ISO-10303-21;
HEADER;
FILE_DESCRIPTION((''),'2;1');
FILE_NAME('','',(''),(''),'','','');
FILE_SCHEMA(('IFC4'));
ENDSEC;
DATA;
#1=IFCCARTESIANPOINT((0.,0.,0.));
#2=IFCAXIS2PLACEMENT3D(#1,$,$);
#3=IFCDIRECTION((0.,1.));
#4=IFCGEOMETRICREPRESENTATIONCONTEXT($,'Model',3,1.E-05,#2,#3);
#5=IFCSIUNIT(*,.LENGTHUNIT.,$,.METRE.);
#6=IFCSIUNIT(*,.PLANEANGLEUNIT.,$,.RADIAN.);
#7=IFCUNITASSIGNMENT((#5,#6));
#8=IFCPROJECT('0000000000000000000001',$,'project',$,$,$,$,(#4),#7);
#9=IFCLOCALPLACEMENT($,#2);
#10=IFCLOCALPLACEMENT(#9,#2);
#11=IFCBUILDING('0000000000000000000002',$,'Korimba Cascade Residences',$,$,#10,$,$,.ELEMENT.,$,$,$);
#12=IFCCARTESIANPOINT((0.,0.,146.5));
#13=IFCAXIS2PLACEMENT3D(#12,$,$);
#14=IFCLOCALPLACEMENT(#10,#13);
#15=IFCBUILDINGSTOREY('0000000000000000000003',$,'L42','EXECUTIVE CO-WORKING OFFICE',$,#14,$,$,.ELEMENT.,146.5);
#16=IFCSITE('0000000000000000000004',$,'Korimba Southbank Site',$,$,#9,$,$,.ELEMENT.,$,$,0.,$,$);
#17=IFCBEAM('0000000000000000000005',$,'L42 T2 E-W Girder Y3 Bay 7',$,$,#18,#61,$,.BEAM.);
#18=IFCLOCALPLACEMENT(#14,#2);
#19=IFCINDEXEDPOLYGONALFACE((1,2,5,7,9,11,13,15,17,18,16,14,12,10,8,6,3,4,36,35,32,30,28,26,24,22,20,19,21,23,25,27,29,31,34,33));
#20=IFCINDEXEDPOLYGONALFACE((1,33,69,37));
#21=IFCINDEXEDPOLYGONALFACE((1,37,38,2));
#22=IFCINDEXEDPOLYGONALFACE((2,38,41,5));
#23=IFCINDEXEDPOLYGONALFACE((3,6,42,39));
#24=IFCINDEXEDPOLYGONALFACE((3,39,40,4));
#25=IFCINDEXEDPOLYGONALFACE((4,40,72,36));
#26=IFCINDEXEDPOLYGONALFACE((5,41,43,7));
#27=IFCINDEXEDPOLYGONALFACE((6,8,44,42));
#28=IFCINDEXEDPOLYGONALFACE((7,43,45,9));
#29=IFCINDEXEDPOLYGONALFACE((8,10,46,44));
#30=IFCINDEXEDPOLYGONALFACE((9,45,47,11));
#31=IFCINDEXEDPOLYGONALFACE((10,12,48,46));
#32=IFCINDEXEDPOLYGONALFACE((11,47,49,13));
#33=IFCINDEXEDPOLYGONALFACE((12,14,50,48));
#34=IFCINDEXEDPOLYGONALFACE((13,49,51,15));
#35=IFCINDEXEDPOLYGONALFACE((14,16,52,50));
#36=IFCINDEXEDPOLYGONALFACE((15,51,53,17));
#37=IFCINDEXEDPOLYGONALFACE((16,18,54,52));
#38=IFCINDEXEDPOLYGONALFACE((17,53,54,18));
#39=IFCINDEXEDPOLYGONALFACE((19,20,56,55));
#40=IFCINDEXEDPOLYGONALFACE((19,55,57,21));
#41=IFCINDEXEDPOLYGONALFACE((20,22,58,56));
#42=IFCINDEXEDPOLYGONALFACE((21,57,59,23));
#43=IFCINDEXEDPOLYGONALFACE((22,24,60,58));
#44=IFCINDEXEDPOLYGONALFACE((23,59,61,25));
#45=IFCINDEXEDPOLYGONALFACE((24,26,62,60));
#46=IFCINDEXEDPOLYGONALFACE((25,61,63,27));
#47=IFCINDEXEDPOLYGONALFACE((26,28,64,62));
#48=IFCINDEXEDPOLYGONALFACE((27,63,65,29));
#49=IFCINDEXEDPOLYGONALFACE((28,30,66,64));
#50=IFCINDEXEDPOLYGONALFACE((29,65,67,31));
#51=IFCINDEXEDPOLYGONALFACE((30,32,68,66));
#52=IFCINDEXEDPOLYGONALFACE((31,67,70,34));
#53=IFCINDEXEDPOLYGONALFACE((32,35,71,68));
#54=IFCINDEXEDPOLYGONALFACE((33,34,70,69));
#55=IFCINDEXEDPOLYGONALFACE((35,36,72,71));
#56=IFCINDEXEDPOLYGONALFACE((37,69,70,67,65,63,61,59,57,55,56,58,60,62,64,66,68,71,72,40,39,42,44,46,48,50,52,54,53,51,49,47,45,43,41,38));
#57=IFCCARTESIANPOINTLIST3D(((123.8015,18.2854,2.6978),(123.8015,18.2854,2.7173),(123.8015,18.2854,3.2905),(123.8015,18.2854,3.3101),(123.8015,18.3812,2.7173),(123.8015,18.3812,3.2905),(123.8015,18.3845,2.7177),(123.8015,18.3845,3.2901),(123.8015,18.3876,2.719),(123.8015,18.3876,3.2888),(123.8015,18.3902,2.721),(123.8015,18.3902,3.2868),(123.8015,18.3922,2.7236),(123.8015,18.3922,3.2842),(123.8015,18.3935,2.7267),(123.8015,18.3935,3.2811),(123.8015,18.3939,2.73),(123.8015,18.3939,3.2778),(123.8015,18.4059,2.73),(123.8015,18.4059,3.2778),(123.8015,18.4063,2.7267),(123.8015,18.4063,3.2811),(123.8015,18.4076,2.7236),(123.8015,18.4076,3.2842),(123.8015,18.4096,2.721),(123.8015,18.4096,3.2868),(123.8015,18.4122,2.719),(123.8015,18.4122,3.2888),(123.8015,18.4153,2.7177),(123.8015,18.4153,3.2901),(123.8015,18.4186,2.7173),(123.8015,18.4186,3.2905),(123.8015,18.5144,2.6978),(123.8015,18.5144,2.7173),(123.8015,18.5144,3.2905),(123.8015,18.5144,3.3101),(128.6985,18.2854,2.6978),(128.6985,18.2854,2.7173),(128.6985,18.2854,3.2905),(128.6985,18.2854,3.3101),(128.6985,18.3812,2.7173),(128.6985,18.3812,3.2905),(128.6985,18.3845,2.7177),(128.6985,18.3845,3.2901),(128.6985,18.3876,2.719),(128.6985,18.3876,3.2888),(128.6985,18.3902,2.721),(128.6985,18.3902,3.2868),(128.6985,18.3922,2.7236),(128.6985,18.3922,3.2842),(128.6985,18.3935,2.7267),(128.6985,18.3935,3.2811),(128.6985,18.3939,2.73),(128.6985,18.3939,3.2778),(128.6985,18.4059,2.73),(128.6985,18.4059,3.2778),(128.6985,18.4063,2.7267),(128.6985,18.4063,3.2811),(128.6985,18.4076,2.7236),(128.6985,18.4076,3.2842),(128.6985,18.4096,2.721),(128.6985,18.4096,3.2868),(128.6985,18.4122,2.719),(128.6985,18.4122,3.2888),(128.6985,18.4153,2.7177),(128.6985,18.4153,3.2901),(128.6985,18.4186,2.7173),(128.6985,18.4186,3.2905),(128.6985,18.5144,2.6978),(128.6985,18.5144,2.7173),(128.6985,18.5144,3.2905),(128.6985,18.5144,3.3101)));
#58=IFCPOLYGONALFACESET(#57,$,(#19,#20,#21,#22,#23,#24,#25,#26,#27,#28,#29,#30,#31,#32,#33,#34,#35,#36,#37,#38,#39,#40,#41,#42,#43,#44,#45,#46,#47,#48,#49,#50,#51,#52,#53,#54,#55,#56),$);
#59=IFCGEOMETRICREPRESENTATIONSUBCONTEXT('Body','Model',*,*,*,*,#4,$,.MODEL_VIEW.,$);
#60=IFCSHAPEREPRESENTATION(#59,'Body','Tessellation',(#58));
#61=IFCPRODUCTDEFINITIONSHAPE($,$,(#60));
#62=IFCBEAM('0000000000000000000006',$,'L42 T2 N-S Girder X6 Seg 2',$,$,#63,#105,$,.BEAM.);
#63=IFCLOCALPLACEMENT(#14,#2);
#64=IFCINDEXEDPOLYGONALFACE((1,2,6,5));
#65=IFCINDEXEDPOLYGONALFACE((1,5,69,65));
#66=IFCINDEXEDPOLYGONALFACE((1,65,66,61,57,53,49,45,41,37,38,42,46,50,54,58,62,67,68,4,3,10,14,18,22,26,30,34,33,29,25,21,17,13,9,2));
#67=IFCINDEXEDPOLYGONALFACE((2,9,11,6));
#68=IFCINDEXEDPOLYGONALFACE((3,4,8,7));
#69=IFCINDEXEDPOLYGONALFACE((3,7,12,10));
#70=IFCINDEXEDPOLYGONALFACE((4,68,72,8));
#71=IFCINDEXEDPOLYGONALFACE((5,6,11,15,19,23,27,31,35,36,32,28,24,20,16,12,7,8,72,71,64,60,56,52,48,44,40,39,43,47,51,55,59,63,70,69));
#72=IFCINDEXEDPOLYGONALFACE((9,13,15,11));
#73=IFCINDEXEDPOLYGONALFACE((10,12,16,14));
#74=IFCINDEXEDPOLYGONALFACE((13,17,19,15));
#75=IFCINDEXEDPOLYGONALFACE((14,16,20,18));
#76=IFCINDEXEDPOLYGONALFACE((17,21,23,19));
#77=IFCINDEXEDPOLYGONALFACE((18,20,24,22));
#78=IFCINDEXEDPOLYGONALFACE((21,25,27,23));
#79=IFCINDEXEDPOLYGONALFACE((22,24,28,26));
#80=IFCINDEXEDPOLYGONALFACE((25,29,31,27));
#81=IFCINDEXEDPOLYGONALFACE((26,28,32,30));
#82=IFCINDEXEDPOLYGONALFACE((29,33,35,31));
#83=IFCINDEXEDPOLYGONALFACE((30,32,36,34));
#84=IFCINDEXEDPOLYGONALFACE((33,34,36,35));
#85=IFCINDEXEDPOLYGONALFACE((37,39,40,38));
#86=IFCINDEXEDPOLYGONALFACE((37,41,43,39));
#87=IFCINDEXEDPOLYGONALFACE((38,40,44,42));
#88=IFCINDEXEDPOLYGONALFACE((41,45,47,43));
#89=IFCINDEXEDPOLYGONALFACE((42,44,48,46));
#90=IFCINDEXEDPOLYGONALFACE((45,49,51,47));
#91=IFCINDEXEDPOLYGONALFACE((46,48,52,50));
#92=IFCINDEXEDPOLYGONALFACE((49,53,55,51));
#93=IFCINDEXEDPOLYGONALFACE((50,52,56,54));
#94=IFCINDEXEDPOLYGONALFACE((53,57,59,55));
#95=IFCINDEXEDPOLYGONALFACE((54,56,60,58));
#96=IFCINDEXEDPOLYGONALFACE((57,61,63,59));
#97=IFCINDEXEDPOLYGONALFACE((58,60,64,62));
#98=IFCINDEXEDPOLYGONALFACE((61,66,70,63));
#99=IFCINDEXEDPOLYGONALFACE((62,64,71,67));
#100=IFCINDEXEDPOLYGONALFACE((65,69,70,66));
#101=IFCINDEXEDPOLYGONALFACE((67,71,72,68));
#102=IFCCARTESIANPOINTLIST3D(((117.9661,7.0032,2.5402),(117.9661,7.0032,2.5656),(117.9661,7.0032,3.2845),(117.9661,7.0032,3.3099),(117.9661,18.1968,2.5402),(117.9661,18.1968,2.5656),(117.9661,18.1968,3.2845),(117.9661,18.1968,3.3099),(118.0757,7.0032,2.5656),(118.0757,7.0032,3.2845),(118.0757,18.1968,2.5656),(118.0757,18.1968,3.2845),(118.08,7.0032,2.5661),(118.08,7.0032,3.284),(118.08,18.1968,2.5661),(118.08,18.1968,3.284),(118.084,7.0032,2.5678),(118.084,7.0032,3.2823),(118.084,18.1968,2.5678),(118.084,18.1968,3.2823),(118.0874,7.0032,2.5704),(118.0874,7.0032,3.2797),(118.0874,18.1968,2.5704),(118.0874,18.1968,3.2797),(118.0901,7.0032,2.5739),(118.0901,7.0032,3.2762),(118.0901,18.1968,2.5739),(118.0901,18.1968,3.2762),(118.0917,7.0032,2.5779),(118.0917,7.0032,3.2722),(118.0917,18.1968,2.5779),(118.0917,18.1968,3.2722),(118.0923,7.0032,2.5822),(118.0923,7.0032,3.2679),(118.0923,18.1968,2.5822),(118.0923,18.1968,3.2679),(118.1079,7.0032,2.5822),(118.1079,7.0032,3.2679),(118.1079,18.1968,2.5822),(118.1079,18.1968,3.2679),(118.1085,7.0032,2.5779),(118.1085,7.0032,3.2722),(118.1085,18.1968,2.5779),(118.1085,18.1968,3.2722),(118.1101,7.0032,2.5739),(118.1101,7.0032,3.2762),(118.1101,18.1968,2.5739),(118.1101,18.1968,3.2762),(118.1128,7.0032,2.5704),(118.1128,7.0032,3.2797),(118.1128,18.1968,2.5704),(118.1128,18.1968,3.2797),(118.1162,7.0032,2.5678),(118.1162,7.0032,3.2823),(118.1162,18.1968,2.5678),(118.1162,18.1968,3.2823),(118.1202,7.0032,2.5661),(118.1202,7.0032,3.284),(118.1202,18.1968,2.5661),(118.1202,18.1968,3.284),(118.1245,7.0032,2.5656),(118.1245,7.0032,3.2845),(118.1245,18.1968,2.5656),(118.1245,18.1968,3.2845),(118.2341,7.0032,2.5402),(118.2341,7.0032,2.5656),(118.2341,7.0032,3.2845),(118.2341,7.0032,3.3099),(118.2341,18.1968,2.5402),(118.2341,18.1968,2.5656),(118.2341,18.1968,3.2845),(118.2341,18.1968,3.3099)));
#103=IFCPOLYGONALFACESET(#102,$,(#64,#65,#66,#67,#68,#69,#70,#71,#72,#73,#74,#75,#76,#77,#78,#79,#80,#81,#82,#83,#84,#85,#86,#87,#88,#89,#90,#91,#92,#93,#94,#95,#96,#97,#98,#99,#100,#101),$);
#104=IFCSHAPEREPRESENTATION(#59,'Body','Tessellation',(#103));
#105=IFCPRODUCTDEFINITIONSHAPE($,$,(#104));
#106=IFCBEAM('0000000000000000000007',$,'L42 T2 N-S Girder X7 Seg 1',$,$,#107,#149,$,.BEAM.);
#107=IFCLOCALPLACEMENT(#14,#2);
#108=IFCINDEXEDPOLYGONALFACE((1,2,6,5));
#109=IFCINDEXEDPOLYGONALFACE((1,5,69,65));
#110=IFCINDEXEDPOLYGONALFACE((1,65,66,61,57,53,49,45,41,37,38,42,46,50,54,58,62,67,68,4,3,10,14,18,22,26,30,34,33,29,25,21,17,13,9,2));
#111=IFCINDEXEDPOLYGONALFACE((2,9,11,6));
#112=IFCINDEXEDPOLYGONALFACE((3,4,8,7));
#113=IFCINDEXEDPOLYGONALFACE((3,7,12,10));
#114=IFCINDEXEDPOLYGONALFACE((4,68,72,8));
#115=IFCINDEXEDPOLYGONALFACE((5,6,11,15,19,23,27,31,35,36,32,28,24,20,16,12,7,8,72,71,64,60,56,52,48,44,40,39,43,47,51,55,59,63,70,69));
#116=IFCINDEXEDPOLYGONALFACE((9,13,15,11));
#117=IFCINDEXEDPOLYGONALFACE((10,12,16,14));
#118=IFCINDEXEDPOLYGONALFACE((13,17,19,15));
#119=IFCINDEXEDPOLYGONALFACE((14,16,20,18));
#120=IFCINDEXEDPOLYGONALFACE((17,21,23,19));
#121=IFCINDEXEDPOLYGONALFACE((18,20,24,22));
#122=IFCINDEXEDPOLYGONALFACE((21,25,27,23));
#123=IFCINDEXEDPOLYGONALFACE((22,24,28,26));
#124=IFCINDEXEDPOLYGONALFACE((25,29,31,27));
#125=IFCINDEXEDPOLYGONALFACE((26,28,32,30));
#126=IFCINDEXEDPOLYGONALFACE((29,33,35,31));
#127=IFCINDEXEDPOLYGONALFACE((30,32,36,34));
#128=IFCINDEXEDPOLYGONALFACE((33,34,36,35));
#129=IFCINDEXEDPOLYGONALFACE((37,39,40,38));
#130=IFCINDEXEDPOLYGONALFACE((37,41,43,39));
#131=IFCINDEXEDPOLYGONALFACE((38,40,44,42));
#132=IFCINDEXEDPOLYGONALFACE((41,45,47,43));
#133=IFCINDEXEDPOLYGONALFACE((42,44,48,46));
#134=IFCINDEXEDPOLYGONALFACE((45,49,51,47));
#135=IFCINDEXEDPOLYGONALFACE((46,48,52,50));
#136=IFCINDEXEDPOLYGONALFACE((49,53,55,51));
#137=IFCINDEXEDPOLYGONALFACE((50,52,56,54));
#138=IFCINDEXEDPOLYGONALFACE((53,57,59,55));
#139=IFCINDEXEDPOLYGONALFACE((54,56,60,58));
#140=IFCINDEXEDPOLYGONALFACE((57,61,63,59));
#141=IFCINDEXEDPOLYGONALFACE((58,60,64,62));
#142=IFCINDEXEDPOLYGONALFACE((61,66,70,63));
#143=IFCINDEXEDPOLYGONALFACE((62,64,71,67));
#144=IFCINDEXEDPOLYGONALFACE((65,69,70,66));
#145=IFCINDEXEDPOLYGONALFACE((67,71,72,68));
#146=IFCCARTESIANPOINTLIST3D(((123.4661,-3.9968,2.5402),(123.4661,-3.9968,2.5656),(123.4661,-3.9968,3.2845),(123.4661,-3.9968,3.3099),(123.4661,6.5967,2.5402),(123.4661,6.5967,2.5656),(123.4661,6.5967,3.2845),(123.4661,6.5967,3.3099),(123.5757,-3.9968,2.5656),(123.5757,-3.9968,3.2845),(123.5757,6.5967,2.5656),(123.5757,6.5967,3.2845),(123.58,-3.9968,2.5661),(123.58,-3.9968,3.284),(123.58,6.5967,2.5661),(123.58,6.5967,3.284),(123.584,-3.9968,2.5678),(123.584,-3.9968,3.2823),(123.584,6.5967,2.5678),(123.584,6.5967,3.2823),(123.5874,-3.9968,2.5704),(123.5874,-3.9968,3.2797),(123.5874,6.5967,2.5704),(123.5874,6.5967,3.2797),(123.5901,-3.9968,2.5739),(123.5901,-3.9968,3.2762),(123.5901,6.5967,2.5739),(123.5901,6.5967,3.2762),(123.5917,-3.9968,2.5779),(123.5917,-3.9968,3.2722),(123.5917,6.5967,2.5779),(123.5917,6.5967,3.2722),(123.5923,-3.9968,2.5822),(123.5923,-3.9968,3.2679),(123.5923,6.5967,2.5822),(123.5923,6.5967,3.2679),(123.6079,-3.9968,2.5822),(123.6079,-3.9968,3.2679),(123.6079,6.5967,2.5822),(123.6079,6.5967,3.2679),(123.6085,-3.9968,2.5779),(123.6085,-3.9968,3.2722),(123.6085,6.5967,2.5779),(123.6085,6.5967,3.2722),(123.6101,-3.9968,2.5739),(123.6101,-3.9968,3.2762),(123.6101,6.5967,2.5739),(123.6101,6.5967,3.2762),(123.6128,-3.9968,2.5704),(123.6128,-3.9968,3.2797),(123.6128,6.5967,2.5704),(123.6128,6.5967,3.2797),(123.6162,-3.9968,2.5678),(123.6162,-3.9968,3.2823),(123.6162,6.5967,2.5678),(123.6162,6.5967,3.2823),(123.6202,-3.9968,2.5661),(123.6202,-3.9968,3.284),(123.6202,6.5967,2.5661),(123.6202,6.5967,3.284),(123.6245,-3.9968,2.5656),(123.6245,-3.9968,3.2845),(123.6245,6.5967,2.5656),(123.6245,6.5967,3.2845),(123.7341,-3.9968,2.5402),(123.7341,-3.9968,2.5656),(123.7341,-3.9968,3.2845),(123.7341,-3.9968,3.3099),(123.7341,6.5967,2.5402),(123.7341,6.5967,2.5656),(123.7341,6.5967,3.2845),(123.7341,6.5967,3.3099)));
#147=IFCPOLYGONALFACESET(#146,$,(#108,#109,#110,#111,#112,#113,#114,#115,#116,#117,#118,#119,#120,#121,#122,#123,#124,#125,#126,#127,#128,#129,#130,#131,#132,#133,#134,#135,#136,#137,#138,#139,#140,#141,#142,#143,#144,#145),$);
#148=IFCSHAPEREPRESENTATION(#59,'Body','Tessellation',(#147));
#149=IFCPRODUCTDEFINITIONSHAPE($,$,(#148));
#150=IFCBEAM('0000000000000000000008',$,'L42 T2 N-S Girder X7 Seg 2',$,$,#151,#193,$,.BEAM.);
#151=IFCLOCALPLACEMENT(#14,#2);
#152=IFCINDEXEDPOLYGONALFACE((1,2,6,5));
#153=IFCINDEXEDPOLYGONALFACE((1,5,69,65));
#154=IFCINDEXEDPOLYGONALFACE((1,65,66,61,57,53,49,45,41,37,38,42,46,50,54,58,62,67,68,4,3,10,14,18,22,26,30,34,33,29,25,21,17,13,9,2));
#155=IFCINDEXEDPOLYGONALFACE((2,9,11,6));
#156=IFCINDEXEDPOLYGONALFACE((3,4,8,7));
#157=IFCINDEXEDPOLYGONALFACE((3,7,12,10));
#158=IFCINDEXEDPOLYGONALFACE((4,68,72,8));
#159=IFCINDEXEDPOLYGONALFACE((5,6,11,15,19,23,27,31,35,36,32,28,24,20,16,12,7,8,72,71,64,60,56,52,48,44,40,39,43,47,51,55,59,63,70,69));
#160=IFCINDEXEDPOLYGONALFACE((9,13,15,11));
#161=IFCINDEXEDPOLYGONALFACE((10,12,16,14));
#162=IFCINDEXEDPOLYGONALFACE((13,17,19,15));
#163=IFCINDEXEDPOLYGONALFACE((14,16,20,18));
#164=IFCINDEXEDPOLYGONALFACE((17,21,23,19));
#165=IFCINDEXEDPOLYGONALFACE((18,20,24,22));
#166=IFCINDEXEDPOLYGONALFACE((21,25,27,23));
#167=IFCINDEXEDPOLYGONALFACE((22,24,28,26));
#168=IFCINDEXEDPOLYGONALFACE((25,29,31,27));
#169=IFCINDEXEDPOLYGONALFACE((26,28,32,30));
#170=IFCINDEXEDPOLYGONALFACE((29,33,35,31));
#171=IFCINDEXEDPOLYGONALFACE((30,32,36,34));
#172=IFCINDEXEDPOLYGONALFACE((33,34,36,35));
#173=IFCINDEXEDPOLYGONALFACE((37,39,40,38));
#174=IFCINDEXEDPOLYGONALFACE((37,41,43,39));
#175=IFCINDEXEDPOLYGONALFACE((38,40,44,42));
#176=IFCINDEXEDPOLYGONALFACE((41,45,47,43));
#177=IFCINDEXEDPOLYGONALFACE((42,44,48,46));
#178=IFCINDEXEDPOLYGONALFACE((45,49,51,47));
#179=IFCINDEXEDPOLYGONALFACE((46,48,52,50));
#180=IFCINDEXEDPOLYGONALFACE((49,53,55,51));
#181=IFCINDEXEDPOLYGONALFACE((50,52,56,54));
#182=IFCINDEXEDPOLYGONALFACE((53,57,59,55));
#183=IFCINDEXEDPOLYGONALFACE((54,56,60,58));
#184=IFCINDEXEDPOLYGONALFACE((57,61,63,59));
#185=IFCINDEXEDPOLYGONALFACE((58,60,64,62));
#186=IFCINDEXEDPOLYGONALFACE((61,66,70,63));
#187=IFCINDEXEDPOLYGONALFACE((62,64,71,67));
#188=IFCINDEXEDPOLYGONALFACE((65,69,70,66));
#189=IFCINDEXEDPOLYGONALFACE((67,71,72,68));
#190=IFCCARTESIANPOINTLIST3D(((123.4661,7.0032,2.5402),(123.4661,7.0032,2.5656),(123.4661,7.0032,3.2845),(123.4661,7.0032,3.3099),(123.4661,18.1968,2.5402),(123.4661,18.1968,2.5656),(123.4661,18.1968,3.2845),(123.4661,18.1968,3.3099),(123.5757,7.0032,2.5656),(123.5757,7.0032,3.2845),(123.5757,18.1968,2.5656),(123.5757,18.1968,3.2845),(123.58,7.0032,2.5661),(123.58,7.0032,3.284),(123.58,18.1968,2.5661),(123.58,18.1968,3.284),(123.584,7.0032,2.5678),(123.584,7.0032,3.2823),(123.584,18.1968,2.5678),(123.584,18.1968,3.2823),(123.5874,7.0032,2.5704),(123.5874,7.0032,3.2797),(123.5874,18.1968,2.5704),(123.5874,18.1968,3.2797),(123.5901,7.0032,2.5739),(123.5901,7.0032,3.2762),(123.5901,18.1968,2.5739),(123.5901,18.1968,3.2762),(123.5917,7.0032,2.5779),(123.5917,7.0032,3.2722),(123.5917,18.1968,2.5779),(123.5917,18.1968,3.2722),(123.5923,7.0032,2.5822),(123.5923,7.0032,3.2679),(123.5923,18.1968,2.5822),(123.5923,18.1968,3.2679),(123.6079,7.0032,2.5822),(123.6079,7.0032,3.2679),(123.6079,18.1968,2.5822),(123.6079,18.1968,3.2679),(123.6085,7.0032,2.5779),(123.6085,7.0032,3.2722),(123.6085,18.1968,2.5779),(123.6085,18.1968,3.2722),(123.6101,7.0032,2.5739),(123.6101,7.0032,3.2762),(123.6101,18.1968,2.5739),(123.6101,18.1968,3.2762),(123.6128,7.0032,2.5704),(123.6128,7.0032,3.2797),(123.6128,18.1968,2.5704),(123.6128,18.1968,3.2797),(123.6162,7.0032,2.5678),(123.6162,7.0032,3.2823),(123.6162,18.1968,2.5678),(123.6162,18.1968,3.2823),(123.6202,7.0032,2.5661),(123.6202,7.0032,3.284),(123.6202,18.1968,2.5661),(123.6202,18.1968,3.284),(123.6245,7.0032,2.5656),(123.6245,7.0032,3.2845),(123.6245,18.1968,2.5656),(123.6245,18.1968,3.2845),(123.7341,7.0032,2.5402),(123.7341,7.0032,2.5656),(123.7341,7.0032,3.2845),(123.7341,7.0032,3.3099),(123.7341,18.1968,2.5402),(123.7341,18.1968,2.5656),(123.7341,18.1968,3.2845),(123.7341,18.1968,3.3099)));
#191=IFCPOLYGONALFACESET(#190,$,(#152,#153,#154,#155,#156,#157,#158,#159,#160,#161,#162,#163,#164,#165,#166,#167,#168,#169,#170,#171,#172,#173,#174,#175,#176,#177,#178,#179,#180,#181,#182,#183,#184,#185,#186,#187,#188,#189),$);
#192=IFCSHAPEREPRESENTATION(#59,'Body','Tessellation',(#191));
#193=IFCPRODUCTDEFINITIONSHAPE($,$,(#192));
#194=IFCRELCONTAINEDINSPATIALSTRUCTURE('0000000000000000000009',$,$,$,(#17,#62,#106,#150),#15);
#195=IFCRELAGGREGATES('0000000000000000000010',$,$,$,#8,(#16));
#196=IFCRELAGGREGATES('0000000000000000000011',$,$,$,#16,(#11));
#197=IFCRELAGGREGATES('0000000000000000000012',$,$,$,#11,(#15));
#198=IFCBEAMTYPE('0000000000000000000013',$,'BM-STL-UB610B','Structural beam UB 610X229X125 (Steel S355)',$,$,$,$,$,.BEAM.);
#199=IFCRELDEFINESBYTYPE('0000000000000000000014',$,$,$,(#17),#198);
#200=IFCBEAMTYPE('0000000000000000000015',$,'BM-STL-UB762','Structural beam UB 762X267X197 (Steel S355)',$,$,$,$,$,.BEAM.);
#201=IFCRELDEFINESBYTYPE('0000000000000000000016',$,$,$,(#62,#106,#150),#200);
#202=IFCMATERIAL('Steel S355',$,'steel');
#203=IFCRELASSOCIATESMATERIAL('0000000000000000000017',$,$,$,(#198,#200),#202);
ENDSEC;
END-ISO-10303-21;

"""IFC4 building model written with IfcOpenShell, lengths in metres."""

from ifc_helpers import new_model, si_unit, direction, frame, origin, origin_2d, place, context, subcontext, project, spatial, i_section, extrude, material, material_profile, profile_set, type_object, element, save


model = new_model("IFC4")

# Units and contexts
model_context = context("Model", 3, precision=1e-05, world=origin(), true_north=direction((0.0, 1.0)))
body_context = subcontext(model_context, "Body", "Model", "MODEL_VIEW")
ifc_project = project(units=[si_unit("LENGTHUNIT", "METRE"), si_unit("PLANEANGLEUNIT", "RADIAN")], contexts=[model_context])

# Site, building, storey
site_placement = place(None, origin())
site = spatial("IfcSite", under=ifc_project, at=site_placement, Name="Korimba Southbank Site", CompositionType="ELEMENT", RefElevation=0.0)
building_placement = place(site_placement, origin())
building = spatial("IfcBuilding", under=site, at=building_placement, Name="Korimba Cascade Residences", CompositionType="ELEMENT")
storey_placement = place(building_placement, frame((0.0, 0.0, 146.5)))
storey = spatial("IfcBuildingStorey", under=building, at=storey_placement, Name="L42", Description="EXECUTIVE CO-WORKING OFFICE", CompositionType="ELEMENT", Elevation=146.5)

# Beams
ifc_material_1 = material(Name="Steel S355", Category="steel")
ifc_material_profile_1 = material_profile(ifc_material_1, i_section(OverallWidth=0.229, OverallDepth=0.6123, WebThickness=0.012, FlangeThickness=0.0195, FilletRadius=0.0127, at=origin_2d()), Name="Steel S355")
ifc_profile_set_1 = profile_set([ifc_material_profile_1], Name="Steel S355")
beam_type_1 = type_object("IfcBeamType", Name="BM-STL-UB610B", Description="Structural beam UB 610X229X125 (Steel S355)", PredefinedType="BEAM", material=ifc_profile_set_1)
beam_1_placement = place(storey_placement, frame((123.8015, 18.3999, 3.0039), z_axis=(1.0, 0.0, 0.0), x_axis=(0.0, 1.0, 0.0)))
element("IfcBeam", 1, at=beam_1_placement, inside=storey, type_object=beam_type_1, Name="L42 T2 E-W Girder Y3 Bay 7", PredefinedType="BEAM", context=body_context, shape_type="SweptSolid", body=[
    extrude(i_section(OverallWidth=0.229, OverallDepth=0.6123, WebThickness=0.012, FlangeThickness=0.0195, FilletRadius=0.0127, at=origin_2d()), origin(), (0.0, 0.0, 1.0), 4.897),
])
ifc_material_profile_2 = material_profile(ifc_material_1, i_section(OverallWidth=0.2681, OverallDepth=0.7698, WebThickness=0.0156, FlangeThickness=0.0254, FilletRadius=0.0166, at=origin_2d()), Name="Steel S355")
ifc_profile_set_2 = profile_set([ifc_material_profile_2], Name="Steel S355")
beam_type_2 = type_object("IfcBeamType", Name="BM-STL-UB762", Description="Structural beam UB 762X267X197 (Steel S355)", PredefinedType="BEAM", material=ifc_profile_set_2)
beam_2_placement = place(storey_placement, frame((118.1001, 7.0032, 2.925), z_axis=(0.0, 1.0, 0.0), x_axis=(-1.0, 0.0, 0.0)))
element("IfcBeam", 2, at=beam_2_placement, inside=storey, type_object=beam_type_2, Name="L42 T2 N-S Girder X6 Seg 2", PredefinedType="BEAM", context=body_context, shape_type="SweptSolid", body=[
    extrude(i_section(OverallWidth=0.2681, OverallDepth=0.7698, WebThickness=0.0156, FlangeThickness=0.0254, FilletRadius=0.0166, at=origin_2d()), origin(), (0.0, 0.0, 1.0), 11.1936),
])
beam_3_placement = place(storey_placement, frame((123.6001, -3.9968, 2.925), z_axis=(0.0, 1.0, 0.0), x_axis=(-1.0, 0.0, 0.0)))
element("IfcBeam", 3, at=beam_3_placement, inside=storey, type_object=beam_type_2, Name="L42 T2 N-S Girder X7 Seg 1", PredefinedType="BEAM", context=body_context, shape_type="SweptSolid", body=[
    extrude(i_section(OverallWidth=0.2681, OverallDepth=0.7698, WebThickness=0.0156, FlangeThickness=0.0254, FilletRadius=0.0166, at=origin_2d()), origin(), (0.0, 0.0, 1.0), 10.5935),
])
beam_4_placement = place(storey_placement, frame((123.6001, 7.0032, 2.925), z_axis=(0.0, 1.0, 0.0), x_axis=(-1.0, 0.0, 0.0)))
element("IfcBeam", 4, at=beam_4_placement, inside=storey, type_object=beam_type_2, Name="L42 T2 N-S Girder X7 Seg 2", PredefinedType="BEAM", context=body_context, shape_type="SweptSolid", body=[
    extrude(i_section(OverallWidth=0.2681, OverallDepth=0.7698, WebThickness=0.0156, FlangeThickness=0.0254, FilletRadius=0.0166, at=origin_2d()), origin(), (0.0, 0.0, 1.0), 11.1936),
])

save(model, "model.ifc")
